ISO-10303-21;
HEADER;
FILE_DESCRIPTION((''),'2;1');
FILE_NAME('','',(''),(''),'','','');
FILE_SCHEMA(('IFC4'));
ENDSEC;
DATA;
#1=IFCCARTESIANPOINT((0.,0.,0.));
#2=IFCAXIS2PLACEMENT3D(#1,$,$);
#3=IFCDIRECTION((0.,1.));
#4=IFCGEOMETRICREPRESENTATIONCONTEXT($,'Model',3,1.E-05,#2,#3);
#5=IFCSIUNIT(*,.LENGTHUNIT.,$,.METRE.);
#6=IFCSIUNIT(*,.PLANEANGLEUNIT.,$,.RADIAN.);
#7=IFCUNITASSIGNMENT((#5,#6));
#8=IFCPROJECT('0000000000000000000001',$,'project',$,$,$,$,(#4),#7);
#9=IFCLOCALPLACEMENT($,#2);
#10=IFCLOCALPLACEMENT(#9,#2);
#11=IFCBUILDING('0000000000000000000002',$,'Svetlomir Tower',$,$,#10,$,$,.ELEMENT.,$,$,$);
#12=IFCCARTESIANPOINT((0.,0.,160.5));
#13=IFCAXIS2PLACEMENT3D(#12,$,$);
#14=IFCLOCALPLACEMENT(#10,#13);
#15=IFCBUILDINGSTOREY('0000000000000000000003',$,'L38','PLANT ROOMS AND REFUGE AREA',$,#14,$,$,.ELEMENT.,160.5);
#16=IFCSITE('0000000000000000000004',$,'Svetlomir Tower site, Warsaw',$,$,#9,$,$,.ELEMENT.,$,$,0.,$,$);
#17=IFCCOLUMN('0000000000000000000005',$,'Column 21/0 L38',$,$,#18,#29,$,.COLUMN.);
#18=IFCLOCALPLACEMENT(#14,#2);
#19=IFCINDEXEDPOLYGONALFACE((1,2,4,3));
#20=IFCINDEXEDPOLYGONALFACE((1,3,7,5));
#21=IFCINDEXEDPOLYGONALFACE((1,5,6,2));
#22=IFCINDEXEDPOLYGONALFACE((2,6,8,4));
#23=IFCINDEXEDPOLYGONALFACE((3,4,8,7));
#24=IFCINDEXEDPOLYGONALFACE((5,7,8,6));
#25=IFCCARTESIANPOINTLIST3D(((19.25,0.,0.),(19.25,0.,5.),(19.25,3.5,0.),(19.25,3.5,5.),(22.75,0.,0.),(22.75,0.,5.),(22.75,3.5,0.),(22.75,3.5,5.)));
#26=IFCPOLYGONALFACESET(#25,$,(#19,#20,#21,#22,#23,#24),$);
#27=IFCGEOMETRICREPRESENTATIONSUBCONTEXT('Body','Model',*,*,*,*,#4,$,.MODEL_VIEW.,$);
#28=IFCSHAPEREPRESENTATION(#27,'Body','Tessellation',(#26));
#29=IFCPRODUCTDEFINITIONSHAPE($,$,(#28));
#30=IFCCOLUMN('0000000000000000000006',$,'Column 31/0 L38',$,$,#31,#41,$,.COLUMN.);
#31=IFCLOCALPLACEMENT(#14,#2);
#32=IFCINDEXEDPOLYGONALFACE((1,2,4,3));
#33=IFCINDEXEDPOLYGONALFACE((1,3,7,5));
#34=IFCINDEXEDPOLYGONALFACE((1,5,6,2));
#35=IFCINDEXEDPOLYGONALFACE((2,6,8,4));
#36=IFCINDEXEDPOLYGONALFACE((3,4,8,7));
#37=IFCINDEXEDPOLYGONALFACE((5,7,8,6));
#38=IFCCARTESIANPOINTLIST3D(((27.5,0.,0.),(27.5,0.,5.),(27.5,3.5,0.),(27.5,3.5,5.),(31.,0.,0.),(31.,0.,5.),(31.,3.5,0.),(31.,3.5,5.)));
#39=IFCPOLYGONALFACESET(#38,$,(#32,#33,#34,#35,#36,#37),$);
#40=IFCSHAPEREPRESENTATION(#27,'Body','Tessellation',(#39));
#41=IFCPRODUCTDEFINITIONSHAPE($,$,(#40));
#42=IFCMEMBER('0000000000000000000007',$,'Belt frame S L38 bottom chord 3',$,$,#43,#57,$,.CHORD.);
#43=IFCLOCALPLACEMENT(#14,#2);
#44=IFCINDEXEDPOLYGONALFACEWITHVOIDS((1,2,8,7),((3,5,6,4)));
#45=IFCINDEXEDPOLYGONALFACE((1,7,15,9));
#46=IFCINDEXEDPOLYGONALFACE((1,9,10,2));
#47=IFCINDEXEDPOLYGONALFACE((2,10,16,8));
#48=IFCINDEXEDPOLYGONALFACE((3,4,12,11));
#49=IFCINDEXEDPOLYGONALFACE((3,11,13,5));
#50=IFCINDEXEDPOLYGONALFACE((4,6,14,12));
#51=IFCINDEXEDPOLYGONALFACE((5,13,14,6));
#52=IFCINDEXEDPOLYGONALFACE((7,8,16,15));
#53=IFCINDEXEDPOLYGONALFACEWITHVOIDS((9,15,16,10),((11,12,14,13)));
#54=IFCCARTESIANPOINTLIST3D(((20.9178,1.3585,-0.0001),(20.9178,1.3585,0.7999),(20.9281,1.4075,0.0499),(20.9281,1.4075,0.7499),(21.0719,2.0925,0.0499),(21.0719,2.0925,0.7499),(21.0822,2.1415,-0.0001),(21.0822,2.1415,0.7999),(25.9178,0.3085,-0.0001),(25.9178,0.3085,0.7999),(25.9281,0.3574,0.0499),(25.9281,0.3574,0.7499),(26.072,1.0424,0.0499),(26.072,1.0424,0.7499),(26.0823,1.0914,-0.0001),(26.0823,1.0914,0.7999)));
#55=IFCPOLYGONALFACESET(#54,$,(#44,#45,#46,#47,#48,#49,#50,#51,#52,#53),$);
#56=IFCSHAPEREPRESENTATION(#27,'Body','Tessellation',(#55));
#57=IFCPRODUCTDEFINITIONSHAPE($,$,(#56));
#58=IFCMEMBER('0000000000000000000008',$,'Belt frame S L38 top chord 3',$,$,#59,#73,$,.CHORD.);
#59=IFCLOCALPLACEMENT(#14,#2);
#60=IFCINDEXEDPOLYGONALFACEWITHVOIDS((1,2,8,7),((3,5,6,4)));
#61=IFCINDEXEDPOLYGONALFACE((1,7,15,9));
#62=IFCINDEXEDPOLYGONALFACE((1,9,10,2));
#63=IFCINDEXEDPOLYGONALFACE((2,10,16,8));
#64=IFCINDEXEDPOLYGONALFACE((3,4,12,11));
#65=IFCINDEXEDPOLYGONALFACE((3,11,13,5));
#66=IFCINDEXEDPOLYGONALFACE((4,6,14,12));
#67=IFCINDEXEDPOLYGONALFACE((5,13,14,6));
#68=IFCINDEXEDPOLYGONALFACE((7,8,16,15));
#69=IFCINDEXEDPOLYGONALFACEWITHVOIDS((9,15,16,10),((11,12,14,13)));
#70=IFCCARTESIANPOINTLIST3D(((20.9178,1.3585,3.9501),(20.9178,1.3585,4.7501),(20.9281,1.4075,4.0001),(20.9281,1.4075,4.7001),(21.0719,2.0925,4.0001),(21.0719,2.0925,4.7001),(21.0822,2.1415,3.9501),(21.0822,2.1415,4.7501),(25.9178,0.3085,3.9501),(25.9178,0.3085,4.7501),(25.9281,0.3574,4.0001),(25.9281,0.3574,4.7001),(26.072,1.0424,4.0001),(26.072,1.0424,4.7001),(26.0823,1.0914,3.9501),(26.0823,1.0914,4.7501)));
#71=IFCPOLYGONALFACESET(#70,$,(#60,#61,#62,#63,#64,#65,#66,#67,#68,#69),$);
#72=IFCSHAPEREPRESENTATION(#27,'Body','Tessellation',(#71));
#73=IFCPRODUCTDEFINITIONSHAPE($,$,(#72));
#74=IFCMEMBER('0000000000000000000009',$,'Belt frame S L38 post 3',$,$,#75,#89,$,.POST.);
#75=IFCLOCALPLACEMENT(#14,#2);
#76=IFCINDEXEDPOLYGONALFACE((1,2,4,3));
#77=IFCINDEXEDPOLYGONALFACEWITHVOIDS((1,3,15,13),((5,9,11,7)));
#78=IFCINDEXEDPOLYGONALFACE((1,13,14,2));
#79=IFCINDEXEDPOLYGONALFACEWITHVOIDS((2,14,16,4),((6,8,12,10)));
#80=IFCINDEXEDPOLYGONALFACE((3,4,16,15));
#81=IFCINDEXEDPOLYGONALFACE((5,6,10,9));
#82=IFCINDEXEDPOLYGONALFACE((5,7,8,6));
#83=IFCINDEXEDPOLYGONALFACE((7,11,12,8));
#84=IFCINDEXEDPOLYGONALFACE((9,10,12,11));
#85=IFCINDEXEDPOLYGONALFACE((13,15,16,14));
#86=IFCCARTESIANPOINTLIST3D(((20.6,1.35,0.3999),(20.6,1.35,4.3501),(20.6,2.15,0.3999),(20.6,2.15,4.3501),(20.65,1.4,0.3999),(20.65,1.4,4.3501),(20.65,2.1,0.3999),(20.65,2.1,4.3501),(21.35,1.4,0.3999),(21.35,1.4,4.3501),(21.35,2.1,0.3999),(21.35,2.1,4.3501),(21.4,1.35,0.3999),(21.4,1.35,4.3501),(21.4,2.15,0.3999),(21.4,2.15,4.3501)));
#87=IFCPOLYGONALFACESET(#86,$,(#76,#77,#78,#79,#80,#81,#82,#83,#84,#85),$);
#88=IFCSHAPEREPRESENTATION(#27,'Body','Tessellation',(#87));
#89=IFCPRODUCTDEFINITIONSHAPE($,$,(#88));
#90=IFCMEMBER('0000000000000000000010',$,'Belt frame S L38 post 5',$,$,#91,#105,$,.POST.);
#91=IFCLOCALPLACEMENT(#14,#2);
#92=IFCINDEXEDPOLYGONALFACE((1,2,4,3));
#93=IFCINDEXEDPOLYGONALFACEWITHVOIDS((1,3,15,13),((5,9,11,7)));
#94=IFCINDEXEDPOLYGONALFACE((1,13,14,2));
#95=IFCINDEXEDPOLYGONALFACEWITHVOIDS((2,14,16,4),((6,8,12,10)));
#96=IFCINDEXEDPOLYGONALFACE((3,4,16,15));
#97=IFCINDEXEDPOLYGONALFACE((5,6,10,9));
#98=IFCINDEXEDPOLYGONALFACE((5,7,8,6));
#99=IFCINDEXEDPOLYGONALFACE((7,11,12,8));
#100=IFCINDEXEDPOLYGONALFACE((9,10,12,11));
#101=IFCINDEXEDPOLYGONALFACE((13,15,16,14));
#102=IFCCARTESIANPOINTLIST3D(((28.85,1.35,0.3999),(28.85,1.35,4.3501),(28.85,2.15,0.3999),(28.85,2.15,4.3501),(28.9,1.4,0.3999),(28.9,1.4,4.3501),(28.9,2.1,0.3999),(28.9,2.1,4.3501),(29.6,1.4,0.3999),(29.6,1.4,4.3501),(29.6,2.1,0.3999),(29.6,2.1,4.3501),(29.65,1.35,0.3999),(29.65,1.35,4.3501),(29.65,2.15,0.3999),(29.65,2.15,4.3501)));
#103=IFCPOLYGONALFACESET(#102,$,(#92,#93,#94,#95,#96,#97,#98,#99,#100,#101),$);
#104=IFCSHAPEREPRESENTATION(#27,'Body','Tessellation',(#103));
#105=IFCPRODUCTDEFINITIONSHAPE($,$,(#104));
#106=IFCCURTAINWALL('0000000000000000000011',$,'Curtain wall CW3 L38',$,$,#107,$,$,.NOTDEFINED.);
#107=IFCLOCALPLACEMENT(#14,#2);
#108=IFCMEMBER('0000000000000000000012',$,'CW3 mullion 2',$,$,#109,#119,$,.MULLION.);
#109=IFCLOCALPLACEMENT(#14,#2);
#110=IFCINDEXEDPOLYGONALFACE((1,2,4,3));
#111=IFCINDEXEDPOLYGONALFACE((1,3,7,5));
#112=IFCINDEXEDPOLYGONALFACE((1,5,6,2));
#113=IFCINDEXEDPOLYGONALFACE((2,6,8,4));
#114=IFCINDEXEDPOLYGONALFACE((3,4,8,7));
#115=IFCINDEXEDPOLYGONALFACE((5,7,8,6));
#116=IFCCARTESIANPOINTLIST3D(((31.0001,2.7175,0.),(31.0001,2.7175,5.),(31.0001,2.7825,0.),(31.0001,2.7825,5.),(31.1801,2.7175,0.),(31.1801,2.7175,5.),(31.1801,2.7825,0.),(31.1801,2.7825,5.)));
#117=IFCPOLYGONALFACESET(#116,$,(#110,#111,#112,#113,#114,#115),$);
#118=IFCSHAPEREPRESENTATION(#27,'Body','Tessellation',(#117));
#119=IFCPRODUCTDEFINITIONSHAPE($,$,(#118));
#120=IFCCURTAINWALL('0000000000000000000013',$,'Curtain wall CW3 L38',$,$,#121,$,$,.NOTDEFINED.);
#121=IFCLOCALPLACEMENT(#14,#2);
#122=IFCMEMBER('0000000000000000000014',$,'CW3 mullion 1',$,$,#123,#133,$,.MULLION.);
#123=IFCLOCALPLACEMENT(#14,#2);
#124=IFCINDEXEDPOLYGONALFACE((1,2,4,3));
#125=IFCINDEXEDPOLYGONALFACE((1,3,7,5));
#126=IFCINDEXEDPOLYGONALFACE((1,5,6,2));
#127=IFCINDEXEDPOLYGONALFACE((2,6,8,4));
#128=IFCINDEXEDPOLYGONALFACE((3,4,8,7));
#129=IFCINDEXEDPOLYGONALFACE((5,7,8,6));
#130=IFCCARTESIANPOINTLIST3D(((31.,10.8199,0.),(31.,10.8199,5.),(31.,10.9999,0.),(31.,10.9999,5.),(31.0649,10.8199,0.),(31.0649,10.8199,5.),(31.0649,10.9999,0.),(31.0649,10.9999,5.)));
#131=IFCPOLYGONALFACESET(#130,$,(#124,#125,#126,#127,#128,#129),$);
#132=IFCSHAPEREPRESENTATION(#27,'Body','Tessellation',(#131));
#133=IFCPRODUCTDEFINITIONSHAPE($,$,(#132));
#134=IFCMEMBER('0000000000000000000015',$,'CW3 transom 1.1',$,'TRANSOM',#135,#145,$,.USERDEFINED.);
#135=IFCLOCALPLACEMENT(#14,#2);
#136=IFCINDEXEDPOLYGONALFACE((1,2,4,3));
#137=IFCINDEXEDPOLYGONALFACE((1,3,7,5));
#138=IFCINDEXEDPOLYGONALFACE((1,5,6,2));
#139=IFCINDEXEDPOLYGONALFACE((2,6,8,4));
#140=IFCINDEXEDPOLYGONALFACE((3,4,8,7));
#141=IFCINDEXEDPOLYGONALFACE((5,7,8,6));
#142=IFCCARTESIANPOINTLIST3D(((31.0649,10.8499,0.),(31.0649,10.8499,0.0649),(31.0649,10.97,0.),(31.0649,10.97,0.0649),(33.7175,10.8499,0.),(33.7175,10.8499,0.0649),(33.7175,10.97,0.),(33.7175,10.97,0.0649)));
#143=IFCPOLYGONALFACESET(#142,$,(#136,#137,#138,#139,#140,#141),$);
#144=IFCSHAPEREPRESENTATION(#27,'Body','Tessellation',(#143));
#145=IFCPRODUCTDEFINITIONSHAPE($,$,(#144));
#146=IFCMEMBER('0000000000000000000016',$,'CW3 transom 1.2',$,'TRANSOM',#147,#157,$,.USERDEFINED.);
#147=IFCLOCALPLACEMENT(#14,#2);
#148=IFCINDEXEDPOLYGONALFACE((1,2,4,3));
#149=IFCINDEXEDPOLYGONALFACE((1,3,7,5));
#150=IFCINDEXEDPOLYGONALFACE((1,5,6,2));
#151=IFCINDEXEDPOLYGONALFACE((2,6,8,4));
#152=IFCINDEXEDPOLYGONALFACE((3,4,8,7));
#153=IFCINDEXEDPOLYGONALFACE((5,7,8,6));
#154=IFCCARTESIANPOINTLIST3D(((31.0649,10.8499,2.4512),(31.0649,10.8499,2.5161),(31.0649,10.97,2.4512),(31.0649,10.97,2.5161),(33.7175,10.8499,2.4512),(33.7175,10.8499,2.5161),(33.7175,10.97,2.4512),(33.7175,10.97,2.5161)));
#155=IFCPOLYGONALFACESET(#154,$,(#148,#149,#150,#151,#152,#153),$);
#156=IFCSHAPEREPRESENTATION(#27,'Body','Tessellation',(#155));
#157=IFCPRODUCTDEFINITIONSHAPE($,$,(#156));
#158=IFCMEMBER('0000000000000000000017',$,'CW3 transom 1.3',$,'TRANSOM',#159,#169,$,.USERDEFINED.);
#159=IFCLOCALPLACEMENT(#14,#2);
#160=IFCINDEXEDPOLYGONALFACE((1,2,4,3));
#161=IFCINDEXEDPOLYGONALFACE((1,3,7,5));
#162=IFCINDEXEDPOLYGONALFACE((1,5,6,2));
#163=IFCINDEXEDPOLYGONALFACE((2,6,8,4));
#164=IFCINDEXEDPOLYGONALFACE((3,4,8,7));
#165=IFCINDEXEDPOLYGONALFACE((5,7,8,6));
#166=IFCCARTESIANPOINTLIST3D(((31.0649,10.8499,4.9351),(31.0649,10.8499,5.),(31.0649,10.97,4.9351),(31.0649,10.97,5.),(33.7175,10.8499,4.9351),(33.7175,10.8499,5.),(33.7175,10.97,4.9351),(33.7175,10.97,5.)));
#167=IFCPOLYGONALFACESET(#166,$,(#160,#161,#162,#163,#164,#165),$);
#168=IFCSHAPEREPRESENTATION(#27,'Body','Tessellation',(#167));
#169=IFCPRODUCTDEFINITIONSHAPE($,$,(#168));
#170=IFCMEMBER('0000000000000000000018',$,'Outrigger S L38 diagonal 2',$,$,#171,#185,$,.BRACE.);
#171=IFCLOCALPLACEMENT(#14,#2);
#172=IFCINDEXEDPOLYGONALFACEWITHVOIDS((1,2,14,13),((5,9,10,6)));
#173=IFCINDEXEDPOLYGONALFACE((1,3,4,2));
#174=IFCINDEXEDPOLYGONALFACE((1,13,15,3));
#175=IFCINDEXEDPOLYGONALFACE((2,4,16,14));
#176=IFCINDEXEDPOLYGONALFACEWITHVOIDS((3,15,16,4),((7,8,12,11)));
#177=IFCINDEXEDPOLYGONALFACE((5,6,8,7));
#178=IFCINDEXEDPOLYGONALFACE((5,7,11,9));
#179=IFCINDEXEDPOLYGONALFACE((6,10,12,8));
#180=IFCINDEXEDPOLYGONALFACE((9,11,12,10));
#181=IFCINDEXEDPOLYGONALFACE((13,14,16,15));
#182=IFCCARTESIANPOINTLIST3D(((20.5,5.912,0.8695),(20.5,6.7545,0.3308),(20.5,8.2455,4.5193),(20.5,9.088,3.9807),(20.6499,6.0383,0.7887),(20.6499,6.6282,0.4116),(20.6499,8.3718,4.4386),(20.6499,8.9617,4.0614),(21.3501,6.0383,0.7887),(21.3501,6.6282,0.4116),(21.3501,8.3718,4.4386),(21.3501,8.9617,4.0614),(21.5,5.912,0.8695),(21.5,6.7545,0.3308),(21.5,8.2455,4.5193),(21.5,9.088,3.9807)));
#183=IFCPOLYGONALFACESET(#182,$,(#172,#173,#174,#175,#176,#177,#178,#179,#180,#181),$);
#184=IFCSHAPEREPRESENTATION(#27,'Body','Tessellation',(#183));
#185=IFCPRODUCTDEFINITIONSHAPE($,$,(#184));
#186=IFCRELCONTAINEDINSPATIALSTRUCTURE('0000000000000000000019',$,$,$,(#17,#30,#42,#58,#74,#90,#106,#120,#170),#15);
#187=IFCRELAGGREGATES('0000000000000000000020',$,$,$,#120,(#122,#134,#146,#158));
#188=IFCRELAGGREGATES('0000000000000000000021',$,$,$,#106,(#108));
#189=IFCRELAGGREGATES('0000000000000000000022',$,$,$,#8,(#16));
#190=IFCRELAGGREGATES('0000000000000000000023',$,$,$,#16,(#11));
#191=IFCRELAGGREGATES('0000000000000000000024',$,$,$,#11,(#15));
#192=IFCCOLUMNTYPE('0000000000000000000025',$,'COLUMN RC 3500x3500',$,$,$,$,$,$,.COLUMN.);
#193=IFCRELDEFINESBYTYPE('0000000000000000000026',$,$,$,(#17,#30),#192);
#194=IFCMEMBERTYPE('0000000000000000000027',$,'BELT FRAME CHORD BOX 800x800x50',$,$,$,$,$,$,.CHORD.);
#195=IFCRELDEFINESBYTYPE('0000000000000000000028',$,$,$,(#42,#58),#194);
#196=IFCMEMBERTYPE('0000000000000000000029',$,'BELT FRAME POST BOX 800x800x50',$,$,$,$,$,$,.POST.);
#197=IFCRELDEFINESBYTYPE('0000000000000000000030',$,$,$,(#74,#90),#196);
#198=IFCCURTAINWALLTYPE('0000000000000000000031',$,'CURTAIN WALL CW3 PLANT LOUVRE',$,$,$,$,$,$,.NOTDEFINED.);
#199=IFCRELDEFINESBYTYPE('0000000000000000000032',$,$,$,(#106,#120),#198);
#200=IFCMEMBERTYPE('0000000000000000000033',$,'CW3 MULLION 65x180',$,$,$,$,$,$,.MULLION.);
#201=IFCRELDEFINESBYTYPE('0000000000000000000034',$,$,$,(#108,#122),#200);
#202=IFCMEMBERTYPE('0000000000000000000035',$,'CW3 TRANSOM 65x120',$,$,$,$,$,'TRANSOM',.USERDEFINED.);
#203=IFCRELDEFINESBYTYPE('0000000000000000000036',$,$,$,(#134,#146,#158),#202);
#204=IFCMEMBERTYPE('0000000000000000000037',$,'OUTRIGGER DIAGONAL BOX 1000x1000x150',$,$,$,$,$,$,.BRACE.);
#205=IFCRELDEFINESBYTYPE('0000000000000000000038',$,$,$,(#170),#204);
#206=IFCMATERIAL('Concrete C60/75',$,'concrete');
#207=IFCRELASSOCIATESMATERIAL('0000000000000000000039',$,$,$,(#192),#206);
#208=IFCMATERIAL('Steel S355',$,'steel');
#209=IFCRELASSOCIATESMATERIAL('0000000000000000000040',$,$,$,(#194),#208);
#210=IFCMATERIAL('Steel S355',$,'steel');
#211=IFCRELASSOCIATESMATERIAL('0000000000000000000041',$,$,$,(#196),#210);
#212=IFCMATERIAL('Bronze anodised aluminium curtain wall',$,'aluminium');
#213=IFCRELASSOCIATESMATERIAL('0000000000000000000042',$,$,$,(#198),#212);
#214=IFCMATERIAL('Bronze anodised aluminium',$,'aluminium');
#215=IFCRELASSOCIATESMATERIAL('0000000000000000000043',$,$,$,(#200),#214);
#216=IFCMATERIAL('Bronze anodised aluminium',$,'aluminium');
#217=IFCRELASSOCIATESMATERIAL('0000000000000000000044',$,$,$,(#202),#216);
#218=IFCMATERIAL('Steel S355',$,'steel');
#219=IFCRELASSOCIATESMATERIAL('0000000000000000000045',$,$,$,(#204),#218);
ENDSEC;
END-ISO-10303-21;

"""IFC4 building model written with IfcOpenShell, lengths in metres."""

from ifc_helpers import new_model, si_unit, direction, frame, origin, origin_2d, place, context, subcontext, project, spatial, rectangle, hollow_rectangle, extrude, material, material_profile, profile_set, type_object, element, aggregate, save


model = new_model("IFC4")

# Units and contexts
model_context = context("Model", 3, precision=1e-05, world=origin(), true_north=direction((0.0, 1.0)))
body_context = subcontext(model_context, "Body", "Model", "MODEL_VIEW")
ifc_project = project(units=[si_unit("LENGTHUNIT", "METRE"), si_unit("PLANEANGLEUNIT", "RADIAN")], contexts=[model_context])

# Site, building, storey
site_placement = place(None, origin())
site = spatial("IfcSite", under=ifc_project, at=site_placement, Name="Svetlomir Tower site, Warsaw", CompositionType="ELEMENT", RefElevation=0.0)
building_placement = place(site_placement, origin())
building = spatial("IfcBuilding", under=site, at=building_placement, Name="Svetlomir Tower", CompositionType="ELEMENT")
storey_placement = place(building_placement, frame((0.0, 0.0, 160.5)))
storey = spatial("IfcBuildingStorey", under=building, at=storey_placement, Name="L38", Description="PLANT ROOMS AND REFUGE AREA", CompositionType="ELEMENT", Elevation=160.5)

# Columns
ifc_material_1 = material(Name="Concrete C60/75", Category="concrete")
ifc_material_profile_1 = material_profile(ifc_material_1, rectangle(XDim=3.5, YDim=3.5, at=origin_2d()), Name="RC 3500x3500")
ifc_profile_set_1 = profile_set([ifc_material_profile_1], Name="Concrete C60/75")
column_type = type_object("IfcColumnType", Name="COLUMN RC 3500x3500", PredefinedType="COLUMN", material=ifc_profile_set_1)
for number, where, z_axis, x_axis, name in (
    (1, (21.0, 1.75, 0.0), (0.0, 0.0, 1.0), (1.0, 0.0, 0.0), "Column 21/0 L38"),
    (2, (29.25, 1.75, 0.0), (0.0, 0.0, 1.0), (1.0, 0.0, 0.0), "Column 31/0 L38"),
):
    element("IfcColumn", number, at=place(storey_placement, frame(where, z_axis=z_axis, x_axis=x_axis)), inside=storey, type_object=column_type, Name=name, PredefinedType="COLUMN", context=body_context, shape_type="SweptSolid", body=[
        extrude(rectangle(XDim=3.5, YDim=3.5, at=origin_2d()), origin(), (0.0, 0.0, 1.0), 5.0),
    ])

# Members
ifc_material_2 = material(Name="Steel S355", Category="steel")
ifc_material_profile_2 = material_profile(ifc_material_2, hollow_rectangle(XDim=0.8, YDim=0.8, WallThickness=0.05, at=origin_2d()), Name="BOX 800x800x50")
ifc_profile_set_2 = profile_set([ifc_material_profile_2], Name="Steel S355")
member_type_1 = type_object("IfcMemberType", Name="BELT FRAME CHORD BOX 800x800x50", PredefinedType="CHORD", material=ifc_profile_set_2)
for number, where, z_axis, x_axis, name in (
    (3, (21.0, 1.75, 0.3999), (0.978652, -0.205526, 0.0), (0.205526, 0.978652, 0.0), "Belt frame S L38 bottom chord 3"),
    (4, (21.0, 1.75, 4.3501), (0.978652, -0.205526, 0.0), (0.205526, 0.978652, 0.0), "Belt frame S L38 top chord 3"),
):
    element("IfcMember", number, at=place(storey_placement, frame(where, z_axis=z_axis, x_axis=x_axis)), inside=storey, type_object=member_type_1, Name=name, PredefinedType="CHORD", context=body_context, shape_type="SweptSolid", body=[
        extrude(hollow_rectangle(XDim=0.8, YDim=0.8, WallThickness=0.05, at=origin_2d()), origin(), (0.0, 0.0, 1.0), 5.1091),
    ])
ifc_material_3 = material(Name="Steel S355", Category="steel")
ifc_material_profile_3 = material_profile(ifc_material_3, hollow_rectangle(XDim=0.8, YDim=0.8, WallThickness=0.05, at=origin_2d()), Name="BOX 800x800x50")
ifc_profile_set_3 = profile_set([ifc_material_profile_3], Name="Steel S355")
member_type_2 = type_object("IfcMemberType", Name="BELT FRAME POST BOX 800x800x50", PredefinedType="POST", material=ifc_profile_set_3)
for number, where, z_axis, x_axis, name in (
    (5, (21.0, 1.75, 0.3999), (0.0, 0.0, 1.0), (1.0, 0.0, 0.0), "Belt frame S L38 post 3"),
    (6, (29.25, 1.75, 0.3999), (0.0, 0.0, 1.0), (1.0, 0.0, 0.0), "Belt frame S L38 post 5"),
):
    element("IfcMember", number, at=place(storey_placement, frame(where, z_axis=z_axis, x_axis=x_axis)), inside=storey, type_object=member_type_2, Name=name, PredefinedType="POST", context=body_context, shape_type="SweptSolid", body=[
        extrude(hollow_rectangle(XDim=0.8, YDim=0.8, WallThickness=0.05, at=origin_2d()), origin(), (0.0, 0.0, 1.0), 3.9502),
    ])

# Curtain wall, member
ifc_material_4 = material(Name="Bronze anodised aluminium curtain wall", Category="aluminium")
curtain_wall_type = type_object("IfcCurtainWallType", Name="CURTAIN WALL CW3 PLANT LOUVRE", PredefinedType="NOTDEFINED", material=ifc_material_4)
curtain_wall_1_placement = place(storey_placement, origin())
curtain_wall_1 = element("IfcCurtainWall", 7, at=curtain_wall_1_placement, inside=storey, type_object=curtain_wall_type, Name="Curtain wall CW3 L38", PredefinedType="NOTDEFINED")
ifc_material_5 = material(Name="Bronze anodised aluminium", Category="aluminium")
ifc_material_profile_4 = material_profile(ifc_material_5, rectangle(XDim=0.0649, YDim=0.1799, at=origin_2d()), Name="AL 65x180")
ifc_profile_set_4 = profile_set([ifc_material_profile_4], Name="Bronze anodised aluminium 6063-T6")
member_type_3 = type_object("IfcMemberType", Name="CW3 MULLION 65x180", PredefinedType="MULLION", material=ifc_profile_set_4)
member_1_placement = place(storey_placement, frame((31.0901, 2.75, 0.0), z_axis=(0.0, 0.0, 1.0), x_axis=(0.0, 1.0, 0.0)))
member_1 = element("IfcMember", 8, at=member_1_placement, type_object=member_type_3, Name="CW3 mullion 2", PredefinedType="MULLION", context=body_context, shape_type="SweptSolid", body=[
    extrude(rectangle(XDim=0.0649, YDim=0.1799, at=origin_2d()), origin(), (0.0, 0.0, 1.0), 5.0),
])

# Curtain wall, members
curtain_wall_2_placement = place(storey_placement, origin())
curtain_wall_2 = element("IfcCurtainWall", 9, at=curtain_wall_2_placement, inside=storey, type_object=curtain_wall_type, Name="Curtain wall CW3 L38", PredefinedType="NOTDEFINED")
member_2_placement = place(storey_placement, frame((31.0325, 10.9099, 0.0), z_axis=(0.0, 0.0, 1.0), x_axis=(1.0, 0.0, 0.0)))
member_2 = element("IfcMember", 10, at=member_2_placement, type_object=member_type_3, Name="CW3 mullion 1", PredefinedType="MULLION", context=body_context, shape_type="SweptSolid", body=[
    extrude(rectangle(XDim=0.0649, YDim=0.1799, at=origin_2d()), origin(), (0.0, 0.0, 1.0), 5.0),
])
ifc_material_6 = material(Name="Bronze anodised aluminium", Category="aluminium")
ifc_material_profile_5 = material_profile(ifc_material_6, rectangle(XDim=0.1201, YDim=0.0649, at=origin_2d()), Name="AL 120x65")
ifc_profile_set_5 = profile_set([ifc_material_profile_5], Name="Bronze anodised aluminium 6063-T6")
member_type_4 = type_object("IfcMemberType", Name="CW3 TRANSOM 65x120", ElementType="TRANSOM", PredefinedType="USERDEFINED", material=ifc_profile_set_5)
member_3_placement = place(storey_placement, frame((31.0649, 10.9099, 0.0325), z_axis=(1.0, 0.0, 0.0), x_axis=(0.0, 1.0, 0.0)))
member_3 = element("IfcMember", 11, at=member_3_placement, type_object=member_type_4, Name="CW3 transom 1.1", ObjectType="TRANSOM", PredefinedType="USERDEFINED", context=body_context, shape_type="SweptSolid", body=[
    extrude(rectangle(XDim=0.1201, YDim=0.0649, at=origin_2d()), origin(), (0.0, 0.0, 1.0), 2.6526),
])
member_4_placement = place(storey_placement, frame((31.0649, 10.9099, 2.4836), z_axis=(1.0, 0.0, 0.0), x_axis=(0.0, 1.0, 0.0)))
member_4 = element("IfcMember", 12, at=member_4_placement, type_object=member_type_4, Name="CW3 transom 1.2", ObjectType="TRANSOM", PredefinedType="USERDEFINED", context=body_context, shape_type="SweptSolid", body=[
    extrude(rectangle(XDim=0.1201, YDim=0.0649, at=origin_2d()), origin(), (0.0, 0.0, 1.0), 2.6526),
])
member_5_placement = place(storey_placement, frame((31.0649, 10.9099, 4.9675), z_axis=(1.0, 0.0, 0.0), x_axis=(0.0, 1.0, 0.0)))
member_5 = element("IfcMember", 13, at=member_5_placement, type_object=member_type_4, Name="CW3 transom 1.3", ObjectType="TRANSOM", PredefinedType="USERDEFINED", context=body_context, shape_type="SweptSolid", body=[
    extrude(rectangle(XDim=0.1201, YDim=0.0649, at=origin_2d()), origin(), (0.0, 0.0, 1.0), 2.6526),
])
aggregate(curtain_wall_2, [member_2, member_3, member_4, member_5])

# Member
ifc_material_7 = material(Name="Steel S355", Category="steel")
ifc_material_profile_6 = material_profile(ifc_material_7, hollow_rectangle(XDim=1.0, YDim=1.0, WallThickness=0.1499, at=origin_2d()), Name="BOX 1000x1000x150")
ifc_profile_set_6 = profile_set([ifc_material_profile_6], Name="Steel S355")
member_type_5 = type_object("IfcMemberType", Name="OUTRIGGER DIAGONAL BOX 1000x1000x150", PredefinedType="BRACE", material=ifc_profile_set_6)
for number, where, z_axis, x_axis, name in (
    (14, (21.0, 8.6667, 4.25), (0.0, -0.538654, -0.842527), (1.0, 0.0, 0.0), "Outrigger S L38 diagonal 2"),
):
    element("IfcMember", number, at=place(storey_placement, frame(where, z_axis=z_axis, x_axis=x_axis)), inside=storey, type_object=member_type_5, Name=name, PredefinedType="BRACE", context=body_context, shape_type="SweptSolid", body=[
        extrude(hollow_rectangle(XDim=1.0, YDim=1.0, WallThickness=0.1499, at=origin_2d()), origin(), (0.0, 0.0, 1.0), 4.332),
    ])

aggregate(curtain_wall_1, [member_1])

save(model, "model.ifc")
